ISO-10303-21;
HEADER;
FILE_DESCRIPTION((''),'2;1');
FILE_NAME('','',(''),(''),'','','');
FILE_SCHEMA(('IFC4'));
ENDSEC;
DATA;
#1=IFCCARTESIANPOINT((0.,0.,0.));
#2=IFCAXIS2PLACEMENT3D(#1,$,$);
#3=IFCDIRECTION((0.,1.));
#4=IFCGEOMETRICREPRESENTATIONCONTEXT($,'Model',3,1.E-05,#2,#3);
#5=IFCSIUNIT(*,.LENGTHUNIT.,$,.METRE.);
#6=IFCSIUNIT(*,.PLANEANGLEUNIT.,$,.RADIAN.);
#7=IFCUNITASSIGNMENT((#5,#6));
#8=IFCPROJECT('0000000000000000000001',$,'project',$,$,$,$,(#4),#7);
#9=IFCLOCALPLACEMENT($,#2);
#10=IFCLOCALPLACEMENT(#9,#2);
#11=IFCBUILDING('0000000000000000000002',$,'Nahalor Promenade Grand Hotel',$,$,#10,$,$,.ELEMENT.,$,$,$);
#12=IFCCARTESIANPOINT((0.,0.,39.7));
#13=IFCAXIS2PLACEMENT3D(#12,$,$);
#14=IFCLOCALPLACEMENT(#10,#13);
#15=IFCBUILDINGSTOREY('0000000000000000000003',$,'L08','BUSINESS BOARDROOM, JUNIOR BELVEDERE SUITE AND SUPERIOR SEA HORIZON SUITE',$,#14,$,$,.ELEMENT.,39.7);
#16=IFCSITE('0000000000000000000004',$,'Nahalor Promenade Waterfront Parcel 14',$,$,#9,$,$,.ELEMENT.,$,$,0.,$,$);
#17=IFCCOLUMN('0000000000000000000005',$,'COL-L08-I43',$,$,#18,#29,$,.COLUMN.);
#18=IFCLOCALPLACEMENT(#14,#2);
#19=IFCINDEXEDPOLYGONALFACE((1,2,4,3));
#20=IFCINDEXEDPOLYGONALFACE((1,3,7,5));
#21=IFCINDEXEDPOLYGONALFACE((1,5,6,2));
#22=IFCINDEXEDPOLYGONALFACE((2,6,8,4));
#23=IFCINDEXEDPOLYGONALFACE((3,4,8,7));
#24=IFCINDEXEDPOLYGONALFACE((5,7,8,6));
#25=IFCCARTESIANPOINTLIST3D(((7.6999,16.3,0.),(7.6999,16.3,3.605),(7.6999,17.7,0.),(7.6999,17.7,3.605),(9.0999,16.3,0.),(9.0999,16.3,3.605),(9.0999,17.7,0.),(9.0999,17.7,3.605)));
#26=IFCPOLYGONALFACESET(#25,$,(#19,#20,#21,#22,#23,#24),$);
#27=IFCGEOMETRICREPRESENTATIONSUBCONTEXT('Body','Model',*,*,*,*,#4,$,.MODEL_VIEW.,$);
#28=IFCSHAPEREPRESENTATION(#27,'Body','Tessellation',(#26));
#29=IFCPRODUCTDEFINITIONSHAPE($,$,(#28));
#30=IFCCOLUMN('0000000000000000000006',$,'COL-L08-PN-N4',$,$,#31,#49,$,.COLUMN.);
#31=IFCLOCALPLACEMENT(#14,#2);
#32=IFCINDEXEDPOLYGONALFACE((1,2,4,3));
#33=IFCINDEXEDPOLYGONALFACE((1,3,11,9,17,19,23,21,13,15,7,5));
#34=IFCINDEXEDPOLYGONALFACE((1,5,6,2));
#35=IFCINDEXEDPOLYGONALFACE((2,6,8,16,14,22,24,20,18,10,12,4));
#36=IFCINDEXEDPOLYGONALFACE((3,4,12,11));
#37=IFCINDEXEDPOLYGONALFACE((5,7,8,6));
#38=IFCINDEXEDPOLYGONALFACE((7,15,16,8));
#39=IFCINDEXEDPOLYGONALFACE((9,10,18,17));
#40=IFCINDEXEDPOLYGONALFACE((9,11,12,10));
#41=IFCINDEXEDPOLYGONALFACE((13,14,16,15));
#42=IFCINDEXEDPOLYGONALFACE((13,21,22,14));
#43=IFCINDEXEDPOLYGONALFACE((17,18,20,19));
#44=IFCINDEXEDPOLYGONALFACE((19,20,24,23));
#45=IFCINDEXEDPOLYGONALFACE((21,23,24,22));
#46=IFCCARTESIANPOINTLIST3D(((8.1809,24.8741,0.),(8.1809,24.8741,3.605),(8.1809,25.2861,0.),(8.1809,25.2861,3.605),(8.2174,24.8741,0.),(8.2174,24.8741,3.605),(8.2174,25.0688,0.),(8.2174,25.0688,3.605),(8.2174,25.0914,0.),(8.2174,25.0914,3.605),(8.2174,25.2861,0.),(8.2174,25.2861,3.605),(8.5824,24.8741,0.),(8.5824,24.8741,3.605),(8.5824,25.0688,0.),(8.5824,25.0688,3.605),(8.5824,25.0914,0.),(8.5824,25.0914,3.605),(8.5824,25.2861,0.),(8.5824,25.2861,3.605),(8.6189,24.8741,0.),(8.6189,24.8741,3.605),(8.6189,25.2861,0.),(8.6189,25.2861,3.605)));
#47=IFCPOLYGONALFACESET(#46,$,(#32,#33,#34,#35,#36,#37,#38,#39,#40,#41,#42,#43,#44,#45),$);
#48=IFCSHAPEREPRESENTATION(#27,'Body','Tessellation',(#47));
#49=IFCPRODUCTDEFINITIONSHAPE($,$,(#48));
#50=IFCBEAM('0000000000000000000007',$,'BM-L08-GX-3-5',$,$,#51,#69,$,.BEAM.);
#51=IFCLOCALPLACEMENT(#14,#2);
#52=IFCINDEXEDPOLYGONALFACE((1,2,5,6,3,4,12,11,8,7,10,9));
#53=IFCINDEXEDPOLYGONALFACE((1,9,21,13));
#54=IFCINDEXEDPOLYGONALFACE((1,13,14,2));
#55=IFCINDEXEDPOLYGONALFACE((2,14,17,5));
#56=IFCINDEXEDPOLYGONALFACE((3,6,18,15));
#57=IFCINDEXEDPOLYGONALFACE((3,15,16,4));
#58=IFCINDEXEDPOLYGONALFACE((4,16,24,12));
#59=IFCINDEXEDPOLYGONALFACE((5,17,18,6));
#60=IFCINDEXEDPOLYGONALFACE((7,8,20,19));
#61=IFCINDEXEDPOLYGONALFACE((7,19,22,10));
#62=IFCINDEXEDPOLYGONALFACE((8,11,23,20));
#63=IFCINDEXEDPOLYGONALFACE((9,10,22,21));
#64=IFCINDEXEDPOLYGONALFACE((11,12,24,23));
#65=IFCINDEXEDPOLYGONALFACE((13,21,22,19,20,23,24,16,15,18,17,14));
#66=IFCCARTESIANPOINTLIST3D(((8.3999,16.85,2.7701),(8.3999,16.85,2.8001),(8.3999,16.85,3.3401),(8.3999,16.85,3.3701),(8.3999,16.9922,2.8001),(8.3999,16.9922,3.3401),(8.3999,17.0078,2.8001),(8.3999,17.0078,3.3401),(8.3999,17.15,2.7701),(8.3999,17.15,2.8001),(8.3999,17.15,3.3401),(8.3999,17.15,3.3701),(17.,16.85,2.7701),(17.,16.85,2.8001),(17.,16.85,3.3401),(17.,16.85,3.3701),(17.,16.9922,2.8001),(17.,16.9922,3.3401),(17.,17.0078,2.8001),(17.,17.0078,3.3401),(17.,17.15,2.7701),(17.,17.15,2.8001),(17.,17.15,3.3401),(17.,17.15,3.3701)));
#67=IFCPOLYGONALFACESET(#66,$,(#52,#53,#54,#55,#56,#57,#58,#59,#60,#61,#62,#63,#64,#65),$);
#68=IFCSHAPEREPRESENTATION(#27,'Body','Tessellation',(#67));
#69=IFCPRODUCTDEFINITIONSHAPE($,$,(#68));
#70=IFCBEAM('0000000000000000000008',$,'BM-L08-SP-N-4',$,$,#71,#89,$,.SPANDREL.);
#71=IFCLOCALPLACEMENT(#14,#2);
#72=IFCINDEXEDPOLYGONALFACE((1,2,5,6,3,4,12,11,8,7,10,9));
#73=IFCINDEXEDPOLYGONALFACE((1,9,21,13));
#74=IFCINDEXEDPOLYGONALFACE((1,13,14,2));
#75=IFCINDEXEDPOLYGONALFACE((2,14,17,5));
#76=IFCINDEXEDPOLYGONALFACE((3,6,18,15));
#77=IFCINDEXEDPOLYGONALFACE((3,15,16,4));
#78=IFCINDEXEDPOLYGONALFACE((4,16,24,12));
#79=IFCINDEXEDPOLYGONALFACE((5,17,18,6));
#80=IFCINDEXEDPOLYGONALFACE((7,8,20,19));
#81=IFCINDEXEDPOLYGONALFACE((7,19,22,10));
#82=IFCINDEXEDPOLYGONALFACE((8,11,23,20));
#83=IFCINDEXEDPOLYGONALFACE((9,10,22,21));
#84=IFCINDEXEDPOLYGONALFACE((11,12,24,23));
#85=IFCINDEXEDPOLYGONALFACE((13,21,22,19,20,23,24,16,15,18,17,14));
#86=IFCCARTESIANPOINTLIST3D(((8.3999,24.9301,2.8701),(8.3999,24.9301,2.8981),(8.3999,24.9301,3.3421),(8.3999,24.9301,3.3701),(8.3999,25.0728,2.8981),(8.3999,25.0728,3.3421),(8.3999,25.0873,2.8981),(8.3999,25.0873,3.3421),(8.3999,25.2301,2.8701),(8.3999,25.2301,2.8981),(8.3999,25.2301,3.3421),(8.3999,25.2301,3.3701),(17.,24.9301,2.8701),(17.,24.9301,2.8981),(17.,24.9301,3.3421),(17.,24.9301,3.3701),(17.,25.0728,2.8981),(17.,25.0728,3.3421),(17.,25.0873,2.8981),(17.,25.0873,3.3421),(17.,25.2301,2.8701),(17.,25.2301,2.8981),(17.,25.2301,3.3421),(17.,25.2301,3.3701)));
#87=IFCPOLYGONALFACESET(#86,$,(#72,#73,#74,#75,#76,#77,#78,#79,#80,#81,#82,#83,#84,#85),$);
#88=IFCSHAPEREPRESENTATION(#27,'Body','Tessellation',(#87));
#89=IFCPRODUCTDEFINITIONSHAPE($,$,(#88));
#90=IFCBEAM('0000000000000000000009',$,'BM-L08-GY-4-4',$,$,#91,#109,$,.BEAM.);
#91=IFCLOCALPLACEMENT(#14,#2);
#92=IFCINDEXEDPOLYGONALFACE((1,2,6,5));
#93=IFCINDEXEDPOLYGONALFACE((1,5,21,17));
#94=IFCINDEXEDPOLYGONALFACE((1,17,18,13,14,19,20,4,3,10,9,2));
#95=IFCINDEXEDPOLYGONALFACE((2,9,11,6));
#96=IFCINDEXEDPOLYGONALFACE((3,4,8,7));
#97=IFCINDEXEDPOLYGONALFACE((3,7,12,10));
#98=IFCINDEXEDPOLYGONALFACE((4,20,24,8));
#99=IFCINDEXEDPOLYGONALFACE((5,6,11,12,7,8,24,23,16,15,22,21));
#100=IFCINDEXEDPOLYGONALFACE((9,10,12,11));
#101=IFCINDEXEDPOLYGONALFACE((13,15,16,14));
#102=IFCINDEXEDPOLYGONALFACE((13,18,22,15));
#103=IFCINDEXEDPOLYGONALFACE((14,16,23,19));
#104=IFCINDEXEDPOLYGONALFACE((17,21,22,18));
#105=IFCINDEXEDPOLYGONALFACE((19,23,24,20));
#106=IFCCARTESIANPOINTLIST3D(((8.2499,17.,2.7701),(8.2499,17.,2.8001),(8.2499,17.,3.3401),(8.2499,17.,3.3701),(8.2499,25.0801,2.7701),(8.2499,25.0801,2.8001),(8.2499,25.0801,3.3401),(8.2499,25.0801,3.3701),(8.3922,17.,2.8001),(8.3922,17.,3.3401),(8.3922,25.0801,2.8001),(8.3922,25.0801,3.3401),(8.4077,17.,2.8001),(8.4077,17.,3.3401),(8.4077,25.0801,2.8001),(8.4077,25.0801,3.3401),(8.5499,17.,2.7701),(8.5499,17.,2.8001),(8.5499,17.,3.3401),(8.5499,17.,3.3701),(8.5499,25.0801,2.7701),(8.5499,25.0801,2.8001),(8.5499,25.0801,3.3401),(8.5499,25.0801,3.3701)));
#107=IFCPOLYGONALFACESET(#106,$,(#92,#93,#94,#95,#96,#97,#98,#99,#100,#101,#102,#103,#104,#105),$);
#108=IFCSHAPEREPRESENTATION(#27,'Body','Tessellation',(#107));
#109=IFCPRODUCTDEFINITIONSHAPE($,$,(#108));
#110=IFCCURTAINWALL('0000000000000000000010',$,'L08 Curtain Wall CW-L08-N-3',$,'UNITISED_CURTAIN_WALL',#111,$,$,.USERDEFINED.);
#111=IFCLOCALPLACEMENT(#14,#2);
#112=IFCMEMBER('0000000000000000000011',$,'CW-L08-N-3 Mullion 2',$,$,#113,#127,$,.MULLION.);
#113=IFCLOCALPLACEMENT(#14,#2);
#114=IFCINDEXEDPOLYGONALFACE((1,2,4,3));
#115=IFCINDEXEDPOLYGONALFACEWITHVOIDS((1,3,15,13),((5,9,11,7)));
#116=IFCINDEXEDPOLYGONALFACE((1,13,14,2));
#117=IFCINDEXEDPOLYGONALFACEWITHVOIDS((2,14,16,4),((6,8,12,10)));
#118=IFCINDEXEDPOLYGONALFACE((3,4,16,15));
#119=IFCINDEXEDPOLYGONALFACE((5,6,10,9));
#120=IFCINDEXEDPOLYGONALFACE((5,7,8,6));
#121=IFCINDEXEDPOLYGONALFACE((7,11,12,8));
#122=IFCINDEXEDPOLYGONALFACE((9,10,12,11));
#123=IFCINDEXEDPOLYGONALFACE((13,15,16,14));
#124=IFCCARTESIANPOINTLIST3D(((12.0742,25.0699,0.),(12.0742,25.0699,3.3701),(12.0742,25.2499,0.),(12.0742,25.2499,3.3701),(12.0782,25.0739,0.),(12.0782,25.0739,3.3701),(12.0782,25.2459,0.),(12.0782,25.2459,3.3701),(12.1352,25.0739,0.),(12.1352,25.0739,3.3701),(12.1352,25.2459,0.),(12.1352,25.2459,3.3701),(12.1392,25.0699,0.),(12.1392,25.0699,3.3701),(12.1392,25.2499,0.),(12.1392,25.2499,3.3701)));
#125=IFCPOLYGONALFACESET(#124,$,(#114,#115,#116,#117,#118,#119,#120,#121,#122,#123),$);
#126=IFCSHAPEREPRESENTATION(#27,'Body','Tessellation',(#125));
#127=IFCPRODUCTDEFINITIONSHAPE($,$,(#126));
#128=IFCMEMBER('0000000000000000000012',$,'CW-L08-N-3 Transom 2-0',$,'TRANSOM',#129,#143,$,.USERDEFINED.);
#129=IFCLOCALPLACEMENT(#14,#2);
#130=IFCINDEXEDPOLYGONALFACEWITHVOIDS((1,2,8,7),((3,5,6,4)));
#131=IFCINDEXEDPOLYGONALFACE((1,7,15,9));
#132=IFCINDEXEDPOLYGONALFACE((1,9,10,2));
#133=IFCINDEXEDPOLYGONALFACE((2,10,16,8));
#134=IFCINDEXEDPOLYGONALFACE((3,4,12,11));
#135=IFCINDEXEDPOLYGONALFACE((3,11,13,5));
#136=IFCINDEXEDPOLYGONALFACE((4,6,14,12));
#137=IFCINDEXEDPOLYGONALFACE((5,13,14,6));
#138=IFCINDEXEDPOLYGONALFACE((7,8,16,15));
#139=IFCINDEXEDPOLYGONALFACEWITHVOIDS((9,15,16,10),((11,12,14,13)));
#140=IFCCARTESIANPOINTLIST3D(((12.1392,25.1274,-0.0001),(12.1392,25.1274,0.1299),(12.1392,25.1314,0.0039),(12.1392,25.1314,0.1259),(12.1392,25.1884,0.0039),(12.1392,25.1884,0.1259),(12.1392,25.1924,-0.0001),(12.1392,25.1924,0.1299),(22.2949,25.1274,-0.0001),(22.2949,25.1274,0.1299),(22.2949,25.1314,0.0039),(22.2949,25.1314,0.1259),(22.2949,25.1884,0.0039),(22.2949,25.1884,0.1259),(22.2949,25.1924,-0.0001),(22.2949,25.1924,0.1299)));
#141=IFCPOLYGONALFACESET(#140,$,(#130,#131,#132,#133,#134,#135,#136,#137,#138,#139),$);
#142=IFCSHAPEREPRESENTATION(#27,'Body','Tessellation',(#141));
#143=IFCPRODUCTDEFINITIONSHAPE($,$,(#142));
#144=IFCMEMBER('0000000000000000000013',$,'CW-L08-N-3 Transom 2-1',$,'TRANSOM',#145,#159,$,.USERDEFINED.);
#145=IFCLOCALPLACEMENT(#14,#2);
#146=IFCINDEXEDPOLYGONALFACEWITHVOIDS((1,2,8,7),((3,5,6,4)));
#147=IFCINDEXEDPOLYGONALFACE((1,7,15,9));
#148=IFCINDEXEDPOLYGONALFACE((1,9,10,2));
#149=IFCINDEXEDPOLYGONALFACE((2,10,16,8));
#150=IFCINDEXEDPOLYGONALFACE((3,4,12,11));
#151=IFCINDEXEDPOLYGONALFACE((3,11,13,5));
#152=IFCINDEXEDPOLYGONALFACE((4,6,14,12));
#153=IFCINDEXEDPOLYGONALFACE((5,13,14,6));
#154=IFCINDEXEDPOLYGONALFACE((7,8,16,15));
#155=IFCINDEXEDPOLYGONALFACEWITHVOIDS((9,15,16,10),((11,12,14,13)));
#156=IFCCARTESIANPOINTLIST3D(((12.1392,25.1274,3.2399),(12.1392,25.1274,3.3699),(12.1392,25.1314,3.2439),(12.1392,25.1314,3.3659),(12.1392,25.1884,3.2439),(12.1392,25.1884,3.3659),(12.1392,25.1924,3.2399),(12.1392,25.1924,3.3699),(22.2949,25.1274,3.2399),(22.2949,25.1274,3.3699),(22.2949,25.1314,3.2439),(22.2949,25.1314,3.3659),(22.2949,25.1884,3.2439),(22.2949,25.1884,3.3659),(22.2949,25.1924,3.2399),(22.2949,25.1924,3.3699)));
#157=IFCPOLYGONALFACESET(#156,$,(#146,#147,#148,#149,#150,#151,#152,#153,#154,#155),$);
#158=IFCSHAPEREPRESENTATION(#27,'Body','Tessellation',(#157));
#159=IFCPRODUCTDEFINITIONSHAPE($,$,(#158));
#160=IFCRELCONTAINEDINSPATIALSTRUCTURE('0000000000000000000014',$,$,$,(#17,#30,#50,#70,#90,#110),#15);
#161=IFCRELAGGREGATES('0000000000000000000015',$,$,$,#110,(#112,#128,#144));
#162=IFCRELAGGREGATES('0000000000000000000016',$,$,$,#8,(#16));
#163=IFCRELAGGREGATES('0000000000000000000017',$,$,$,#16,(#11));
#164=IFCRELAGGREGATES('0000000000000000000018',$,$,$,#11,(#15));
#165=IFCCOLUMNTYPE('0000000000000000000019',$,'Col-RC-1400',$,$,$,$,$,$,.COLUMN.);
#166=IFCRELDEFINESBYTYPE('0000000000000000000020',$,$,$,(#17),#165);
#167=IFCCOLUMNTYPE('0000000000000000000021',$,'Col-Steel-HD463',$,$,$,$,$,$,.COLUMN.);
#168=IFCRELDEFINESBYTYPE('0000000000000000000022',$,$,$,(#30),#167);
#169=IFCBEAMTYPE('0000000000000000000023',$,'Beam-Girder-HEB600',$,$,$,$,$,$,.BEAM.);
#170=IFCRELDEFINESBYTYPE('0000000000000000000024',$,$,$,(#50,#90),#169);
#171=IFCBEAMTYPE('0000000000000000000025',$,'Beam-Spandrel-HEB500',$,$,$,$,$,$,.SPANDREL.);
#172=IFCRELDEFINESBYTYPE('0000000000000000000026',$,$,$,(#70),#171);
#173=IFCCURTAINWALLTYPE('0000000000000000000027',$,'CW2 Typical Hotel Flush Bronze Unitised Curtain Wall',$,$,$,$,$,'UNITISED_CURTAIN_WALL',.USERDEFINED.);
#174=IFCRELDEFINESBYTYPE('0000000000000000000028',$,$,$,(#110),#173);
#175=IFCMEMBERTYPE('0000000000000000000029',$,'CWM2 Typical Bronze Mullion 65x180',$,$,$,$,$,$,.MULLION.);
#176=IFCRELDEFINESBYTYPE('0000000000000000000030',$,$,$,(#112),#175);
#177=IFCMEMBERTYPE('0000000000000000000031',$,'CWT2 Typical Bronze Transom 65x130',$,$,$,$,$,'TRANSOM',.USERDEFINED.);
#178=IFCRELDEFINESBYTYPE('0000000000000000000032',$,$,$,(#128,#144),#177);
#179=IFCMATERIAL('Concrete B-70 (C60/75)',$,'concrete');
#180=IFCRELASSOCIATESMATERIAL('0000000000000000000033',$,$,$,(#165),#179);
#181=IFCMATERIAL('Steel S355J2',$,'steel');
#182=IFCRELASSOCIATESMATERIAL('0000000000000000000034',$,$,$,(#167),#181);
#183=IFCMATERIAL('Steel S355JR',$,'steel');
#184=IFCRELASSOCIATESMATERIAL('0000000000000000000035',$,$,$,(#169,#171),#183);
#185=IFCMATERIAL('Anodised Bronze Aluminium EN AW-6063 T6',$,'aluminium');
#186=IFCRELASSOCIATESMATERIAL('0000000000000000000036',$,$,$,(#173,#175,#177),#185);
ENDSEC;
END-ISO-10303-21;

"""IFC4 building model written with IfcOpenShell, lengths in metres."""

from ifc_helpers import new_model, si_unit, direction, frame, origin, origin_2d, place, context, subcontext, project, spatial, rectangle, hollow_rectangle, i_section, extrude, source, transform, mapped, material, material_profile, profile_set, type_object, element, aggregate, save


model = new_model("IFC4")

# Units and contexts
model_context = context("Model", 3, precision=1e-05, world=origin(), true_north=direction((0.0, 1.0)))
body_context = subcontext(model_context, "Body", "Model", "MODEL_VIEW")
ifc_project = project(units=[si_unit("LENGTHUNIT", "METRE"), si_unit("PLANEANGLEUNIT", "RADIAN")], contexts=[model_context])

# Site, building, storey
site_placement = place(None, origin())
site = spatial("IfcSite", under=ifc_project, at=site_placement, Name="Nahalor Promenade Waterfront Parcel 14", CompositionType="ELEMENT", RefElevation=0.0)
building_placement = place(site_placement, origin())
building = spatial("IfcBuilding", under=site, at=building_placement, Name="Nahalor Promenade Grand Hotel", CompositionType="ELEMENT")
storey_placement = place(building_placement, frame((0.0, 0.0, 39.7)))
storey = spatial("IfcBuildingStorey", under=building, at=storey_placement, Name="L08", Description="BUSINESS BOARDROOM, JUNIOR BELVEDERE SUITE AND SUPERIOR SEA HORIZON SUITE", CompositionType="ELEMENT", Elevation=39.7)

# Columns
ifc_material_1 = material(Name="Concrete B-70 (C60/75)", Category="concrete")
ifc_material_profile_1 = material_profile(ifc_material_1, rectangle(XDim=1.4, YDim=1.4, at=origin_2d()), Name="RC 1400x1400")
ifc_profile_set_1 = profile_set([ifc_material_profile_1], Name="Concrete B-70 (C60/75)")
column_type_1 = type_object("IfcColumnType", Name="Col-RC-1400", PredefinedType="COLUMN", material=ifc_profile_set_1)
shared_shape_1 = source(origin(), body_context, "Body", "SweptSolid", [
    extrude(rectangle(XDim=1.4, YDim=1.4, at=origin_2d()), origin(), (0.0, 0.0, 1.0), 3.605),
])
column_1_placement = place(storey_placement, frame((8.3999, 17.0, 0.0), z_axis=(0.0, 0.0, 1.0), x_axis=(1.0, 0.0, 0.0)))
element("IfcColumn", 1, at=column_1_placement, inside=storey, type_object=column_type_1, Name="COL-L08-I43", PredefinedType="COLUMN", context=body_context, shape_type="MappedRepresentation", body=[
    mapped(shared_shape_1, transform((0.0, 0.0, 0.0), scale=1.0)),
])
ifc_material_2 = material(Name="Steel S355J2", Category="steel")
ifc_material_profile_2 = material_profile(ifc_material_2, i_section(OverallWidth=0.412, OverallDepth=0.438, WebThickness=0.0226, FlangeThickness=0.0365, at=origin_2d()), Name="HD 400x463")
ifc_profile_set_2 = profile_set([ifc_material_profile_2], Name="Steel S355J2")
column_type_2 = type_object("IfcColumnType", Name="Col-Steel-HD463", PredefinedType="COLUMN", material=ifc_profile_set_2)
shared_shape_2 = source(origin(), body_context, "Body", "SweptSolid", [
    extrude(i_section(OverallWidth=0.412, OverallDepth=0.438, WebThickness=0.0226, FlangeThickness=0.0365, at=origin_2d()), origin(), (0.0, 0.0, 1.0), 3.605),
])
column_2_placement = place(storey_placement, frame((8.3999, 25.0801, 0.0), z_axis=(0.0, 0.0, 1.0), x_axis=(0.0, 1.0, 0.0)))
element("IfcColumn", 2, at=column_2_placement, inside=storey, type_object=column_type_2, Name="COL-L08-PN-N4", PredefinedType="COLUMN", context=body_context, shape_type="MappedRepresentation", body=[
    mapped(shared_shape_2, transform((0.0, 0.0, 0.0), scale=1.0)),
])

# Beams
ifc_material_3 = material(Name="Steel S355JR", Category="steel")
ifc_material_profile_3 = material_profile(ifc_material_3, i_section(OverallWidth=0.3, OverallDepth=0.6, WebThickness=0.0155, FlangeThickness=0.03, at=origin_2d()), Name="HEB 600")
ifc_profile_set_3 = profile_set([ifc_material_profile_3], Name="Steel S355JR")
beam_type_1 = type_object("IfcBeamType", Name="Beam-Girder-HEB600", PredefinedType="BEAM", material=ifc_profile_set_3)
shared_shape_3 = source(origin(), body_context, "Body", "SweptSolid", [
    extrude(i_section(OverallWidth=0.3, OverallDepth=0.6, WebThickness=0.0155, FlangeThickness=0.03, at=origin_2d()), origin(), (0.0, 0.0, 1.0), 8.6001),
])
beam_1_placement = place(storey_placement, frame((8.3999, 17.0, 3.0701), z_axis=(1.0, 0.0, 0.0), x_axis=(0.0, 1.0, 0.0)))
element("IfcBeam", 3, at=beam_1_placement, inside=storey, type_object=beam_type_1, Name="BM-L08-GX-3-5", PredefinedType="BEAM", context=body_context, shape_type="MappedRepresentation", body=[
    mapped(shared_shape_3, transform((0.0, 0.0, 0.0), scale=1.0)),
])
ifc_material_profile_4 = material_profile(ifc_material_3, i_section(OverallWidth=0.3, OverallDepth=0.5, WebThickness=0.0145, FlangeThickness=0.028, at=origin_2d()), Name="HEB 500")
ifc_profile_set_4 = profile_set([ifc_material_profile_4], Name="Steel S355JR")
beam_type_2 = type_object("IfcBeamType", Name="Beam-Spandrel-HEB500", PredefinedType="SPANDREL", material=ifc_profile_set_4)
shared_shape_4 = source(origin(), body_context, "Body", "SweptSolid", [
    extrude(i_section(OverallWidth=0.3, OverallDepth=0.5, WebThickness=0.0145, FlangeThickness=0.028, at=origin_2d()), origin(), (0.0, 0.0, 1.0), 8.6001),
])
beam_2_placement = place(storey_placement, frame((8.3999, 25.0801, 3.1201), z_axis=(1.0, 0.0, 0.0), x_axis=(0.0, 1.0, 0.0)))
element("IfcBeam", 4, at=beam_2_placement, inside=storey, type_object=beam_type_2, Name="BM-L08-SP-N-4", PredefinedType="SPANDREL", context=body_context, shape_type="MappedRepresentation", body=[
    mapped(shared_shape_4, transform((0.0, 0.0, 0.0), scale=1.0)),
])
shared_shape_5 = source(origin(), body_context, "Body", "SweptSolid", [
    extrude(i_section(OverallWidth=0.3, OverallDepth=0.6, WebThickness=0.0155, FlangeThickness=0.03, at=origin_2d()), origin(), (0.0, 0.0, 1.0), 8.0801),
])
beam_3_placement = place(storey_placement, frame((8.3999, 17.0, 3.0701), z_axis=(0.0, 1.0, 0.0), x_axis=(-1.0, 0.0, 0.0)))
element("IfcBeam", 5, at=beam_3_placement, inside=storey, type_object=beam_type_1, Name="BM-L08-GY-4-4", PredefinedType="BEAM", context=body_context, shape_type="MappedRepresentation", body=[
    mapped(shared_shape_5, transform((0.0, 0.0, 0.0), scale=1.0)),
])

# Curtain wall, members
ifc_material_4 = material(Name="Anodised Bronze Aluminium EN AW-6063 T6", Category="aluminium")
curtain_wall_type = type_object("IfcCurtainWallType", Name="CW2 Typical Hotel Flush Bronze Unitised Curtain Wall", ElementType="UNITISED_CURTAIN_WALL", PredefinedType="USERDEFINED", material=ifc_material_4)
curtain_wall_placement = place(storey_placement, origin())
curtain_wall = element("IfcCurtainWall", 6, at=curtain_wall_placement, inside=storey, type_object=curtain_wall_type, Name="L08 Curtain Wall CW-L08-N-3", ObjectType="UNITISED_CURTAIN_WALL", PredefinedType="USERDEFINED")
ifc_material_profile_5 = material_profile(ifc_material_4, hollow_rectangle(XDim=0.065, YDim=0.18, WallThickness=0.004, at=origin_2d()), Name="CWM 65x180x4")
ifc_profile_set_5 = profile_set([ifc_material_profile_5], Name="Anodised Bronze Aluminium EN AW-6063 T6")
member_type_1 = type_object("IfcMemberType", Name="CWM2 Typical Bronze Mullion 65x180", PredefinedType="MULLION", material=ifc_profile_set_5)
shared_shape_6 = source(origin(), body_context, "Body", "SweptSolid", [
    extrude(hollow_rectangle(XDim=0.065, YDim=0.18, WallThickness=0.004, at=origin_2d()), origin(), (0.0, 0.0, 1.0), 3.3701),
])
member_1_placement = place(storey_placement, frame((12.1067, 25.1599, 0.0), z_axis=(0.0, 0.0, 1.0), x_axis=(1.0, 0.0, 0.0)))
member_1 = element("IfcMember", 7, at=member_1_placement, type_object=member_type_1, Name="CW-L08-N-3 Mullion 2", PredefinedType="MULLION", context=body_context, shape_type="MappedRepresentation", body=[
    mapped(shared_shape_6, transform((0.0, 0.0, 0.0), scale=1.0)),
])
ifc_material_profile_6 = material_profile(ifc_material_4, hollow_rectangle(XDim=0.065, YDim=0.13, WallThickness=0.004, at=origin_2d()), Name="CWT 65x130x4")
ifc_profile_set_6 = profile_set([ifc_material_profile_6], Name="Anodised Bronze Aluminium EN AW-6063 T6")
member_type_2 = type_object("IfcMemberType", Name="CWT2 Typical Bronze Transom 65x130", ElementType="TRANSOM", PredefinedType="USERDEFINED", material=ifc_profile_set_6)
shared_shape_7 = source(origin(), body_context, "Body", "SweptSolid", [
    extrude(hollow_rectangle(XDim=0.065, YDim=0.13, WallThickness=0.004, at=origin_2d()), origin(), (0.0, 0.0, 1.0), 10.1558),
])
member_2_placement = place(storey_placement, frame((12.1392, 25.1599, 0.0649), z_axis=(1.0, 0.0, 0.0), x_axis=(0.0, 1.0, 0.0)))
member_2 = element("IfcMember", 8, at=member_2_placement, type_object=member_type_2, Name="CW-L08-N-3 Transom 2-0", ObjectType="TRANSOM", PredefinedType="USERDEFINED", context=body_context, shape_type="MappedRepresentation", body=[
    mapped(shared_shape_7, transform((0.0, 0.0, 0.0), scale=1.0)),
])
member_3_placement = place(storey_placement, frame((12.1392, 25.1599, 3.3049), z_axis=(1.0, 0.0, 0.0), x_axis=(0.0, 1.0, 0.0)))
member_3 = element("IfcMember", 9, at=member_3_placement, type_object=member_type_2, Name="CW-L08-N-3 Transom 2-1", ObjectType="TRANSOM", PredefinedType="USERDEFINED", context=body_context, shape_type="MappedRepresentation", body=[
    mapped(shared_shape_7, transform((0.0, 0.0, 0.0), scale=1.0)),
])
aggregate(curtain_wall, [member_1, member_2, member_3])

save(model, "model.ifc")
